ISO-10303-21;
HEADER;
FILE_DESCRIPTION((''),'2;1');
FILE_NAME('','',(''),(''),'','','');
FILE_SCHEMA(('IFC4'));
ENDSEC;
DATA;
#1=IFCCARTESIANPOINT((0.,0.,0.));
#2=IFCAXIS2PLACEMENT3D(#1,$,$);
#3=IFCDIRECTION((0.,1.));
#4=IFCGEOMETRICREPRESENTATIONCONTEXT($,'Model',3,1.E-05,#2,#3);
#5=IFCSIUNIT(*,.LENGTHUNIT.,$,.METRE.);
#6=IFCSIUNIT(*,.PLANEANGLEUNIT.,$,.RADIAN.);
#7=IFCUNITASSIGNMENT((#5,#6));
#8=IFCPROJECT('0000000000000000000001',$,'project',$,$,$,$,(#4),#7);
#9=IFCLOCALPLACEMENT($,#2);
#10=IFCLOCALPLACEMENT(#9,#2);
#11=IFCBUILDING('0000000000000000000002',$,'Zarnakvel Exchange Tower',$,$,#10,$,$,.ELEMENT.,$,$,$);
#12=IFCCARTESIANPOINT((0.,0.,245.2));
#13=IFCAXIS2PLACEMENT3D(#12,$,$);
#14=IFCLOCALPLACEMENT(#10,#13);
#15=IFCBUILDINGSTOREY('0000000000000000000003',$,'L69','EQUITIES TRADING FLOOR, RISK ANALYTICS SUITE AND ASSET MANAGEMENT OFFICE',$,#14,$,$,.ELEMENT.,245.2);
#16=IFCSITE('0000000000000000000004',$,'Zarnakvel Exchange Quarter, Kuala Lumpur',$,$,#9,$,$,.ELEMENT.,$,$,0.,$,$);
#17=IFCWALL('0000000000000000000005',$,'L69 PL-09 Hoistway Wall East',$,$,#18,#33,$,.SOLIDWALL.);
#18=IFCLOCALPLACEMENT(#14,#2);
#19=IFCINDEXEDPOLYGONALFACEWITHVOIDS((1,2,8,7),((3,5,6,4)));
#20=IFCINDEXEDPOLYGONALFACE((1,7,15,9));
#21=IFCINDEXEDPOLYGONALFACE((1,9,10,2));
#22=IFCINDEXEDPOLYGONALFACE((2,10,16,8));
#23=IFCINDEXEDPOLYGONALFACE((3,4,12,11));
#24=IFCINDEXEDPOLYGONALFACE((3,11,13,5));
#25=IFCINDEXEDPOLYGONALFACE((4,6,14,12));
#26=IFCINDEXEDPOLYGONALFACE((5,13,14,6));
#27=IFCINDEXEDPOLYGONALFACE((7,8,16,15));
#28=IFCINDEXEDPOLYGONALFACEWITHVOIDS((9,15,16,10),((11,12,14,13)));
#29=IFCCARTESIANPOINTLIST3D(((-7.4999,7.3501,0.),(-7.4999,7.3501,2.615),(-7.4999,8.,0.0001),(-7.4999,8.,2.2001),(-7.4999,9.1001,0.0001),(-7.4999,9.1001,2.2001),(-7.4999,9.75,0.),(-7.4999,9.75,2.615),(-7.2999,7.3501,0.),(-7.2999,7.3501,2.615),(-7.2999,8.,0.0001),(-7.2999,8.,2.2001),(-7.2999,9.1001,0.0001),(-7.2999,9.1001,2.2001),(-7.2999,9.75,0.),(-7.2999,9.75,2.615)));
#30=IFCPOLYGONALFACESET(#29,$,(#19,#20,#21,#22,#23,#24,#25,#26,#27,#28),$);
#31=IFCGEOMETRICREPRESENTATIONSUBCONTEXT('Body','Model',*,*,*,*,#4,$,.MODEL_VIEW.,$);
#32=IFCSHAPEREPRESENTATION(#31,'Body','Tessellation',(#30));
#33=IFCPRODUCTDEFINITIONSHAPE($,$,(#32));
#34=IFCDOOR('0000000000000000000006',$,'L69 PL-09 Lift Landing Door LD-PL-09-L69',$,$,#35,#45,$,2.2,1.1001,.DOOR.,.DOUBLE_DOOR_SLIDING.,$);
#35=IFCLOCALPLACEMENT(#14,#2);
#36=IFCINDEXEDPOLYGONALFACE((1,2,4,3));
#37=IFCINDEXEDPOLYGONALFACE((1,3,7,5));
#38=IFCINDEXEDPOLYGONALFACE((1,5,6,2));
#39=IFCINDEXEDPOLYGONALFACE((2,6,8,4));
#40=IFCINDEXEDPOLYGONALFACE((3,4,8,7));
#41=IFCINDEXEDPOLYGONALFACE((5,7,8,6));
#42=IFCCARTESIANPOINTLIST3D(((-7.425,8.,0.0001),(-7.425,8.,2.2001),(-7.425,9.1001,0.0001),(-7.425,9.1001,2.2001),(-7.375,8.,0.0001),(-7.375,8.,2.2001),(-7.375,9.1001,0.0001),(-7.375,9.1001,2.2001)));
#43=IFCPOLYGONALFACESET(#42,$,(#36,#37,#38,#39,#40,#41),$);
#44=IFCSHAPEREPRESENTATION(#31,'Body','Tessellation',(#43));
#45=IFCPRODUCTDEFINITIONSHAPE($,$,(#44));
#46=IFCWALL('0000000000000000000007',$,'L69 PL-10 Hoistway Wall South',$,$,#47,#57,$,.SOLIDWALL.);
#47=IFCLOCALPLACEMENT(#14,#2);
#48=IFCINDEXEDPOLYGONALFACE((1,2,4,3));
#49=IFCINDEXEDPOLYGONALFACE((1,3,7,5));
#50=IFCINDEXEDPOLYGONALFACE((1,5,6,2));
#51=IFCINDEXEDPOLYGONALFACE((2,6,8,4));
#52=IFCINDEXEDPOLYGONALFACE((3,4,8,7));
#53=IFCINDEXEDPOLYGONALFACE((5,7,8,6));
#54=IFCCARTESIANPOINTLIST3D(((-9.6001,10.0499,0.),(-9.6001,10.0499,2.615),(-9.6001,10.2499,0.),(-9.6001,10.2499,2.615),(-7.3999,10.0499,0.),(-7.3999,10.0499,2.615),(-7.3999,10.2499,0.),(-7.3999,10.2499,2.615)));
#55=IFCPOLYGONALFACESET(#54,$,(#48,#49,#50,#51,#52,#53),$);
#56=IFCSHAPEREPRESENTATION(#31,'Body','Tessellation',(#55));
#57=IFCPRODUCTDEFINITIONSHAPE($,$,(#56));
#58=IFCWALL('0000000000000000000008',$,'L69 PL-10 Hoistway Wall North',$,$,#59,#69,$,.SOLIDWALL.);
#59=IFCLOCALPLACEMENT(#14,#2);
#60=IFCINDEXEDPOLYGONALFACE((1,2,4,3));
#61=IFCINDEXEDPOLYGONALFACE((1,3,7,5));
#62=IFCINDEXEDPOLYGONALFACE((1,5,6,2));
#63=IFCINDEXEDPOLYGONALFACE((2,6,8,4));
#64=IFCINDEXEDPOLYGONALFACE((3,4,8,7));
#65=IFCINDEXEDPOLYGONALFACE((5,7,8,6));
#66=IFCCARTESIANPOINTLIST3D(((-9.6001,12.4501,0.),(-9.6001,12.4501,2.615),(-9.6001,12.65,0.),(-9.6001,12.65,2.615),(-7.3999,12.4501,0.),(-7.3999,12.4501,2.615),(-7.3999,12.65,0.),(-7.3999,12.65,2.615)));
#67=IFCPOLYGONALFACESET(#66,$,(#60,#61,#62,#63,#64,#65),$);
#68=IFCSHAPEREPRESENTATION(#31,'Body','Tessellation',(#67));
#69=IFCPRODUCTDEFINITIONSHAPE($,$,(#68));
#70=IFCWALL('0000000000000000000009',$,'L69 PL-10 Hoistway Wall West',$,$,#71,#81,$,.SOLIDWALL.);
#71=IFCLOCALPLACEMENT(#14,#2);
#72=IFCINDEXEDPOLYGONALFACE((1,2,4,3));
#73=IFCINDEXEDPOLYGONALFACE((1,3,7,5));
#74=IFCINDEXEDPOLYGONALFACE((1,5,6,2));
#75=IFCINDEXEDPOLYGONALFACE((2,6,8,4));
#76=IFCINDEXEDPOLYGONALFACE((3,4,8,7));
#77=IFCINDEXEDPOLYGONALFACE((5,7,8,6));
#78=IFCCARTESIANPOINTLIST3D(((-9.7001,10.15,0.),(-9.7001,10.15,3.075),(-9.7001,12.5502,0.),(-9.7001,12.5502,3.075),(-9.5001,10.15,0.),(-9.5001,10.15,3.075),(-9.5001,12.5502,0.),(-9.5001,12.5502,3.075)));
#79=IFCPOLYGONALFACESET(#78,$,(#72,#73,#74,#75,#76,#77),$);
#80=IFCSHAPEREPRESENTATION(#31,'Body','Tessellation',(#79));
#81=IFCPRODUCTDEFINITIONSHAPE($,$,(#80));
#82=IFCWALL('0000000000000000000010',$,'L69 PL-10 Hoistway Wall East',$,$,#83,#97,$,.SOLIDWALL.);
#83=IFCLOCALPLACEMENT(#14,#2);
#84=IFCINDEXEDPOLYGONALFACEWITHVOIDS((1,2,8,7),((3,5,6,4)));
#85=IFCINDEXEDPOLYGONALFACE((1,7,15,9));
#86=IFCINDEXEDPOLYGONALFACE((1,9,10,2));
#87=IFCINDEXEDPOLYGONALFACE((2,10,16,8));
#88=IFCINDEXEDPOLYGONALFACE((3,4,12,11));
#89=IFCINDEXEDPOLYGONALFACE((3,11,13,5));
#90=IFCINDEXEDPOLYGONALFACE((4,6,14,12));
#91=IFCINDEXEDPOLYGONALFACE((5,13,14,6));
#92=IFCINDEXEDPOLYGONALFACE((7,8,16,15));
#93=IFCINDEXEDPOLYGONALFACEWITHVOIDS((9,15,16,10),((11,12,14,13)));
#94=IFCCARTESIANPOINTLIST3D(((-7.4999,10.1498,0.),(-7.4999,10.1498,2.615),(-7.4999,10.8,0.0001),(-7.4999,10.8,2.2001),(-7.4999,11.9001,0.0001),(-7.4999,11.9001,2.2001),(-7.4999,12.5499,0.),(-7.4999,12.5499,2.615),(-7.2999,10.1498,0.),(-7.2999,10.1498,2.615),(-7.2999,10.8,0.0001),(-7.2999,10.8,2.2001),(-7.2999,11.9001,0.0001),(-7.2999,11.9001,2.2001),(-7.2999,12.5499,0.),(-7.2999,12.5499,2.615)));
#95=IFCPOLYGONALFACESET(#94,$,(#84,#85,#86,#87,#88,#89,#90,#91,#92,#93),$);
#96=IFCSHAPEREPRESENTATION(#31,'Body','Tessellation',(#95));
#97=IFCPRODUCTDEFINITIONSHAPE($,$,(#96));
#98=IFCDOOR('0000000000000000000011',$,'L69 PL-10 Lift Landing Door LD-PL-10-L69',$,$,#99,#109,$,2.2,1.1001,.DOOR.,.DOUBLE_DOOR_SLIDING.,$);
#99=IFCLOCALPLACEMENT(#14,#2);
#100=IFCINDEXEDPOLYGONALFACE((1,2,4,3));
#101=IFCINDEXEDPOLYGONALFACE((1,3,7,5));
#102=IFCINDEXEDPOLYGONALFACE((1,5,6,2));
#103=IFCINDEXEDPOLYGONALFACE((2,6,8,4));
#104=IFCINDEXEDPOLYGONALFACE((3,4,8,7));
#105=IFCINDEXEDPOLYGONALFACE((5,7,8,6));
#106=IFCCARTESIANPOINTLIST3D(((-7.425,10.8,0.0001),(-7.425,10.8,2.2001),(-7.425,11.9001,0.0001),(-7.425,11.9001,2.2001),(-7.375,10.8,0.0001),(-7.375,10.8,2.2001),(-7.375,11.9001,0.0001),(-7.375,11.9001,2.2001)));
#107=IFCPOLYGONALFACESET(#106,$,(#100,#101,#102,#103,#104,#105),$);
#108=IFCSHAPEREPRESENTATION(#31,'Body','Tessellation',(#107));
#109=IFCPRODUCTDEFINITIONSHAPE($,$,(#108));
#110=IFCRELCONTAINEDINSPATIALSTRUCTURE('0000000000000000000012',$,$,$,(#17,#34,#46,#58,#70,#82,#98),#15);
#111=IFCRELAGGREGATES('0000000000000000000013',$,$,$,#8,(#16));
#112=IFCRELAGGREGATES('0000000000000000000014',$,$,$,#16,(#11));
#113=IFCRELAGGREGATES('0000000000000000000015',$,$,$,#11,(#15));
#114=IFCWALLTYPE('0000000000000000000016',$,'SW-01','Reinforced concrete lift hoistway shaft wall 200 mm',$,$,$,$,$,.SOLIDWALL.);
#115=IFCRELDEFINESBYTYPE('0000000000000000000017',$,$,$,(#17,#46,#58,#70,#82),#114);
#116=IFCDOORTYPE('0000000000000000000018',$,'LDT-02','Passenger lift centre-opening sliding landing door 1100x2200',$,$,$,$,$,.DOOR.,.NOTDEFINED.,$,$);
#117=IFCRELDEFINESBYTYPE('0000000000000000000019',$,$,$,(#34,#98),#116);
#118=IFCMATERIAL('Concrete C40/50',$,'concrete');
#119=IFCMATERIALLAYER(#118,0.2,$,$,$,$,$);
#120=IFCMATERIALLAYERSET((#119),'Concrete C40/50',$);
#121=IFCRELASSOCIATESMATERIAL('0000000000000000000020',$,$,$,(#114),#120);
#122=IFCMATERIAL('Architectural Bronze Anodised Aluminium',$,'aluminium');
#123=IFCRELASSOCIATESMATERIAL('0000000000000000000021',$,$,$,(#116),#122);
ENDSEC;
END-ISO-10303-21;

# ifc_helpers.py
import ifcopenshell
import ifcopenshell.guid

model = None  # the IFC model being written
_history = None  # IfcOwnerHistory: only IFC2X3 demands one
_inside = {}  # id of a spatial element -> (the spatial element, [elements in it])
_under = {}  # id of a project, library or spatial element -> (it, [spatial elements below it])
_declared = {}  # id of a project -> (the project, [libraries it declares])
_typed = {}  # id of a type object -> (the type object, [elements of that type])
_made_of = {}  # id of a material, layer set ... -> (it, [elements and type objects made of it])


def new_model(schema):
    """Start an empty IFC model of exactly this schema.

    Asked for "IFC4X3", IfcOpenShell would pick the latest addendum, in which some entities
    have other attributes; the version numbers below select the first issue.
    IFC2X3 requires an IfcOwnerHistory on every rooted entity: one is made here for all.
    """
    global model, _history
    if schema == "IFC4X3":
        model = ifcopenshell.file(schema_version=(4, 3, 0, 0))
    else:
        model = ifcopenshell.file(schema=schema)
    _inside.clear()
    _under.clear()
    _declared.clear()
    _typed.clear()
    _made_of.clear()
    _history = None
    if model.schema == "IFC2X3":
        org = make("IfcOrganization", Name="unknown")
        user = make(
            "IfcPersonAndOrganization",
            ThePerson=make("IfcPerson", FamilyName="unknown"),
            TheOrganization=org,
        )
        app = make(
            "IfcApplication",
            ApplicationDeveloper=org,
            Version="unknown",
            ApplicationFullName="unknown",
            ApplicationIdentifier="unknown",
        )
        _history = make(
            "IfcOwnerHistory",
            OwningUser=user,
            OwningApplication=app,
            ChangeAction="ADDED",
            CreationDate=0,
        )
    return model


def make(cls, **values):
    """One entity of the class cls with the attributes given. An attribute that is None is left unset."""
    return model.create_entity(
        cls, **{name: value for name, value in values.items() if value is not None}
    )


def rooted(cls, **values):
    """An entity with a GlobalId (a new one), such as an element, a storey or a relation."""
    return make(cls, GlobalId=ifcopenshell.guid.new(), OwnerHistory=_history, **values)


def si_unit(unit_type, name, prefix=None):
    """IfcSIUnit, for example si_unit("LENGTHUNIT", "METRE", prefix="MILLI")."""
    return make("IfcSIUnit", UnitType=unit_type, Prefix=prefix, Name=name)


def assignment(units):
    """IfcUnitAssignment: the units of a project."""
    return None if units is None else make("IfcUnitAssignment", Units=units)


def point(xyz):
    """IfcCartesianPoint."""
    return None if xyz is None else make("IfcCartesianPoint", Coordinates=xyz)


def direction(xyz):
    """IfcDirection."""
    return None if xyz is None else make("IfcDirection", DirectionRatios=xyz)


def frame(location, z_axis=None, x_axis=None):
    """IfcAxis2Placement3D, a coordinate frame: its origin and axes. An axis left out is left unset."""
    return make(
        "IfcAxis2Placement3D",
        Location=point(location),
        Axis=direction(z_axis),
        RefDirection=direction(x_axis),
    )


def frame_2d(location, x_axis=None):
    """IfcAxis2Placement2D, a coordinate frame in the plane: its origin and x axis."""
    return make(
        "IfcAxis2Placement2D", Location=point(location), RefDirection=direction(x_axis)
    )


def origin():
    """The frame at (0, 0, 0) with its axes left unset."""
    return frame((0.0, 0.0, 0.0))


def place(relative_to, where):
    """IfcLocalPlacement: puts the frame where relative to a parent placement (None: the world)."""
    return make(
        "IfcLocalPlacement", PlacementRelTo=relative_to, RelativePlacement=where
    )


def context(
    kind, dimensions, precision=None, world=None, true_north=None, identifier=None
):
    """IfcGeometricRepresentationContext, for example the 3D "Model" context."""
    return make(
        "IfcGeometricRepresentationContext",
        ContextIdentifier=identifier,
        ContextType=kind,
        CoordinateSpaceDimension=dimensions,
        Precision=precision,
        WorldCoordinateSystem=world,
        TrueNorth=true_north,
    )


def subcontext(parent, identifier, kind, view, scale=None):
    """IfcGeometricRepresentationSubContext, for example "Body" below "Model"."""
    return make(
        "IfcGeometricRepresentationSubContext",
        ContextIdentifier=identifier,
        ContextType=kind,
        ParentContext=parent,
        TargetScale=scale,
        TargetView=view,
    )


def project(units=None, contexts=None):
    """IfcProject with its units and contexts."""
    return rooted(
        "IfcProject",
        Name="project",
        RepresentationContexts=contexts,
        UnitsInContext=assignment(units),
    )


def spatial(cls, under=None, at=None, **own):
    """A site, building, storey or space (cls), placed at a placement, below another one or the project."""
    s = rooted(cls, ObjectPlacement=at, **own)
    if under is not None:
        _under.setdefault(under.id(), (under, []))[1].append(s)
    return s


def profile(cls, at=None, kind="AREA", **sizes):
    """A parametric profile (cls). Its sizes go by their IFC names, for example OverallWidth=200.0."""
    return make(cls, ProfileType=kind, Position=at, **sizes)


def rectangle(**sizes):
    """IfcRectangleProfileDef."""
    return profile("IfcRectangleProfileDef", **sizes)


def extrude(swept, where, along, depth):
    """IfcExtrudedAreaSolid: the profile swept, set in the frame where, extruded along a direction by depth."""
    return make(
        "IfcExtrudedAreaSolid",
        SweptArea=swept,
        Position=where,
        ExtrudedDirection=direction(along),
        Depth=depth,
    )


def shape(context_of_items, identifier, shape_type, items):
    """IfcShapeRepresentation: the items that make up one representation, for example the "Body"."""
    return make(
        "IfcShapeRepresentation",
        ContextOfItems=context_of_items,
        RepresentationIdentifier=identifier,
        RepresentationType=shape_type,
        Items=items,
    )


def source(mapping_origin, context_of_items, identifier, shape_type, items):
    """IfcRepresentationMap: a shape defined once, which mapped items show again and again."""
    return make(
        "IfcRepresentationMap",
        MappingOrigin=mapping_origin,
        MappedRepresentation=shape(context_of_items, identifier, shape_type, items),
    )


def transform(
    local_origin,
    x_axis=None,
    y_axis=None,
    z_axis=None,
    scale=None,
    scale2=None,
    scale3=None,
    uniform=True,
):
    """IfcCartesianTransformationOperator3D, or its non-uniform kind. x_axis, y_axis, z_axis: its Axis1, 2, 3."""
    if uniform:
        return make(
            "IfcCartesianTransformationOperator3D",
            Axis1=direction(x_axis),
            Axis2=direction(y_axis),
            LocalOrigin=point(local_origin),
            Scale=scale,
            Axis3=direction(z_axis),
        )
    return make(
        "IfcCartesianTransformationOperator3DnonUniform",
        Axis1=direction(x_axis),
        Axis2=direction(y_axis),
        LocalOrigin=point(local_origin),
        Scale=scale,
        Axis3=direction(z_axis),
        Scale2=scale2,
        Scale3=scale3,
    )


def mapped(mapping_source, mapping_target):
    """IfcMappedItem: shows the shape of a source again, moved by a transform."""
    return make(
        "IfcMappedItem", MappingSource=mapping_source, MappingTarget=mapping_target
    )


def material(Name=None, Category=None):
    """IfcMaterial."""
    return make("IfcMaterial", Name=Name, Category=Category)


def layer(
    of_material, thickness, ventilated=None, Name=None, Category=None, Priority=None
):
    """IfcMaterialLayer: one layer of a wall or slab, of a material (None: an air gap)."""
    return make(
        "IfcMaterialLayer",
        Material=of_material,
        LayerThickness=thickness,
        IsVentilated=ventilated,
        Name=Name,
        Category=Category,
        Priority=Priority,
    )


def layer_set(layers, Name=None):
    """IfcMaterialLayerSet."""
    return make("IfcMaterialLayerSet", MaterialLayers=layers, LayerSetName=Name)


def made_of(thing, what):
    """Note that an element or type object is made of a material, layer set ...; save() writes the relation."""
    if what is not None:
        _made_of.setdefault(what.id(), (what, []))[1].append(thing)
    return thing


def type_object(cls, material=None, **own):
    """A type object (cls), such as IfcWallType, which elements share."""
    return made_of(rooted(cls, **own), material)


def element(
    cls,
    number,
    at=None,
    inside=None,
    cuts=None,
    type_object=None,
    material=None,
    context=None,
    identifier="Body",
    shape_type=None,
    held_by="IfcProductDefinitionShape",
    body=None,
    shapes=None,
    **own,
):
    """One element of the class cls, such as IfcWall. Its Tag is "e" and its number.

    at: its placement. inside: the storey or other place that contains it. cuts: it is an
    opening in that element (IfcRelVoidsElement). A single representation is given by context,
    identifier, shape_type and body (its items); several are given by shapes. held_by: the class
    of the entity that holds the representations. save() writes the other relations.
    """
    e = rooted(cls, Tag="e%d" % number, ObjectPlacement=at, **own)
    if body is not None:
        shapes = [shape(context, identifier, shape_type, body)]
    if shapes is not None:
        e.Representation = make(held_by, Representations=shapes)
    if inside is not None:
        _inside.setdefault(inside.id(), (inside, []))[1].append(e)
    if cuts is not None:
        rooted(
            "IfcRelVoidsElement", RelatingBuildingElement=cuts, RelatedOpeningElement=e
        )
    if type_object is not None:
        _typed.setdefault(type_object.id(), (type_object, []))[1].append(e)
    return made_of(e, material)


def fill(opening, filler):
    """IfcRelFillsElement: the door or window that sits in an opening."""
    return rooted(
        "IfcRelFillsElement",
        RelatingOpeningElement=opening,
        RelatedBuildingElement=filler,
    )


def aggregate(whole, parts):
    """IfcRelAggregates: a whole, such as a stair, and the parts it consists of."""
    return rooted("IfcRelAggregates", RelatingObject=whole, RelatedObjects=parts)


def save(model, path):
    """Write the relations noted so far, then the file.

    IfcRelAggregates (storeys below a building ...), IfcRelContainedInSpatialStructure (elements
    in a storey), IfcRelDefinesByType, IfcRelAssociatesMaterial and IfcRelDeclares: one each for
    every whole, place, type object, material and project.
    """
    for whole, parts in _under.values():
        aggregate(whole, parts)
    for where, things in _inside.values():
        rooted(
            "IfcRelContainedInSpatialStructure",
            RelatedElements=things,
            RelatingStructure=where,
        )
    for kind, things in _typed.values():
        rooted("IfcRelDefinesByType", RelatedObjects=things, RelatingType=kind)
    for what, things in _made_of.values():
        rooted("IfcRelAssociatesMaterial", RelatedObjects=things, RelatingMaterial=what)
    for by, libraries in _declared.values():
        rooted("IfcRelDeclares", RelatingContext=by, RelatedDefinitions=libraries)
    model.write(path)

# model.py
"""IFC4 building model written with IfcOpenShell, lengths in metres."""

from ifc_helpers import new_model, si_unit, direction, frame, frame_2d, origin, place, context, subcontext, project, spatial, rectangle, extrude, source, transform, mapped, material, layer, layer_set, type_object, element, fill, save


model = new_model("IFC4")

# Units and contexts
model_context = context("Model", 3, precision=1e-05, world=origin(), true_north=direction((0.0, 1.0)))
body_context = subcontext(model_context, "Body", "Model", "MODEL_VIEW")
ifc_project = project(units=[si_unit("LENGTHUNIT", "METRE"), si_unit("PLANEANGLEUNIT", "RADIAN")], contexts=[model_context])

# Site, building, storey
site_placement = place(None, origin())
site = spatial("IfcSite", under=ifc_project, at=site_placement, Name="Zarnakvel Exchange Quarter, Kuala Lumpur", CompositionType="ELEMENT", RefElevation=0.0)
building_placement = place(site_placement, origin())
building = spatial("IfcBuilding", under=site, at=building_placement, Name="Zarnakvel Exchange Tower", CompositionType="ELEMENT")
storey_placement = place(building_placement, frame((0.0, 0.0, 245.2)))
storey = spatial("IfcBuildingStorey", under=building, at=storey_placement, Name="L69", Description="EQUITIES TRADING FLOOR, RISK ANALYTICS SUITE AND ASSET MANAGEMENT OFFICE", CompositionType="ELEMENT", Elevation=245.2)

# Shared definitions
ifc_material_1 = material(Name="Architectural Bronze Anodised Aluminium", Category="aluminium")

# Wall, opening, door
ifc_material_2 = material(Name="Concrete C40/50", Category="concrete")
ifc_layer_1 = layer(ifc_material_2, 0.2)
ifc_layer_set_1 = layer_set([ifc_layer_1], Name="Concrete C40/50")
wall_type_1 = type_object("IfcWallType", Name="SW-01", Description="Reinforced concrete lift hoistway shaft wall 200 mm", PredefinedType="SOLIDWALL", material=ifc_layer_set_1)
wall_1_placement = place(storey_placement, frame((-7.3999, 9.75, 0.0), z_axis=(0.0, 0.0, 1.0), x_axis=(0.0, -1.0, 0.0)))
wall_1 = element("IfcWall", 1, at=wall_1_placement, inside=storey, type_object=wall_type_1, Name="L69 PL-09 Hoistway Wall East", PredefinedType="SOLIDWALL", context=body_context, shape_type="SweptSolid", body=[
    extrude(rectangle(XDim=2.3999, YDim=0.2, at=frame_2d((1.2, 0.0))), origin(), (0.0, 0.0, 1.0), 2.615),
])
opening_1_placement = place(wall_1_placement, frame((0.6499, 0.0, 0.0)))
opening_1 = element("IfcOpeningElement", 2, at=opening_1_placement, cuts=wall_1, PredefinedType="OPENING", context=body_context, shape_type="SweptSolid", body=[
    extrude(rectangle(XDim=1.1001, YDim=2.2, at=frame_2d((0.55, 1.1001))), frame((0.0, 0.1099, 0.0), z_axis=(0.0, -1.0, 0.0), x_axis=(1.0, 0.0, 0.0)), (0.0, 0.0, 1.0), 0.22),
])
door_type_1 = type_object("IfcDoorType", Name="LDT-02", Description="Passenger lift centre-opening sliding landing door 1100x2200", OperationType="NOTDEFINED", PredefinedType="DOOR", material=ifc_material_1)
shared_shape_1 = source(origin(), body_context, "Body", "SweptSolid", [
    extrude(rectangle(XDim=1.1001, YDim=2.2, at=frame_2d((0.55, 1.1001))), frame((0.0, 0.0249, 0.0), z_axis=(0.0, -1.0, 0.0), x_axis=(1.0, 0.0, 0.0)), (0.0, 0.0, 1.0), 0.05),
])
door_1_placement = place(opening_1_placement, origin())
door_1 = element("IfcDoor", 3, at=door_1_placement, inside=storey, type_object=door_type_1, Name="L69 PL-09 Lift Landing Door LD-PL-09-L69", OperationType="DOUBLE_DOOR_SLIDING", OverallHeight=2.2, OverallWidth=1.1001, PredefinedType="DOOR", context=body_context, shape_type="MappedRepresentation", body=[
    mapped(shared_shape_1, transform((0.0, 0.0, 0.0), x_axis=(1.0, 0.0, 0.0), y_axis=(0.0, 1.0, 0.0), z_axis=(0.0, 0.0, 1.0), scale=1.0)),
])
fill(opening_1, door_1)

# Walls
for number, where, z_axis, x_axis, name in (
    (4, (-7.3999, 10.1499, 0.0), (0.0, 0.0, 1.0), (-1.0, 0.0, 0.0), "L69 PL-10 Hoistway Wall South"),
    (5, (-9.6001, 12.55, 0.0), (0.0, 0.0, 1.0), (1.0, 0.0, 0.0), "L69 PL-10 Hoistway Wall North"),
):
    element("IfcWall", number, at=place(storey_placement, frame(where, z_axis=z_axis, x_axis=x_axis)), inside=storey, type_object=wall_type_1, Name=name, PredefinedType="SOLIDWALL", context=body_context, shape_type="SweptSolid", body=[
        extrude(rectangle(XDim=2.2002, YDim=0.2, at=frame_2d((1.1001, 0.0))), origin(), (0.0, 0.0, 1.0), 2.615),
    ])
wall_2_placement = place(storey_placement, frame((-9.6001, 10.1499, 0.0), z_axis=(0.0, 0.0, 1.0), x_axis=(0.0, 1.0, 0.0)))
element("IfcWall", 6, at=wall_2_placement, inside=storey, type_object=wall_type_1, Name="L69 PL-10 Hoistway Wall West", PredefinedType="SOLIDWALL", context=body_context, shape_type="SweptSolid", body=[
    extrude(rectangle(XDim=2.4001, YDim=0.2, at=frame_2d((1.2002, 0.0))), origin(), (0.0, 0.0, 1.0), 3.075),
])

# Wall, opening, door
wall_3_placement = place(storey_placement, frame((-7.3999, 12.55, 0.0), z_axis=(0.0, 0.0, 1.0), x_axis=(0.0, -1.0, 0.0)))
wall_3 = element("IfcWall", 7, at=wall_3_placement, inside=storey, type_object=wall_type_1, Name="L69 PL-10 Hoistway Wall East", PredefinedType="SOLIDWALL", context=body_context, shape_type="SweptSolid", body=[
    extrude(rectangle(XDim=2.4001, YDim=0.2, at=frame_2d((1.2002, 0.0))), origin(), (0.0, 0.0, 1.0), 2.615),
])
opening_2_placement = place(wall_3_placement, frame((0.6499, 0.0, 0.0)))
opening_2 = element("IfcOpeningElement", 8, at=opening_2_placement, cuts=wall_3, PredefinedType="OPENING", context=body_context, shape_type="SweptSolid", body=[
    extrude(rectangle(XDim=1.1001, YDim=2.2, at=frame_2d((0.55, 1.1001))), frame((0.0, 0.1099, 0.0), z_axis=(0.0, -1.0, 0.0), x_axis=(1.0, 0.0, 0.0)), (0.0, 0.0, 1.0), 0.22),
])
door_2_placement = place(opening_2_placement, origin())
door_2 = element("IfcDoor", 9, at=door_2_placement, inside=storey, type_object=door_type_1, Name="L69 PL-10 Lift Landing Door LD-PL-10-L69", OperationType="DOUBLE_DOOR_SLIDING", OverallHeight=2.2, OverallWidth=1.1001, PredefinedType="DOOR", context=body_context, shape_type="MappedRepresentation", body=[
    mapped(shared_shape_1, transform((0.0, 0.0, 0.0), x_axis=(1.0, 0.0, 0.0), y_axis=(0.0, 1.0, 0.0), z_axis=(0.0, 0.0, 1.0), scale=1.0)),
])
fill(opening_2, door_2)

save(model, "model.ifc")
